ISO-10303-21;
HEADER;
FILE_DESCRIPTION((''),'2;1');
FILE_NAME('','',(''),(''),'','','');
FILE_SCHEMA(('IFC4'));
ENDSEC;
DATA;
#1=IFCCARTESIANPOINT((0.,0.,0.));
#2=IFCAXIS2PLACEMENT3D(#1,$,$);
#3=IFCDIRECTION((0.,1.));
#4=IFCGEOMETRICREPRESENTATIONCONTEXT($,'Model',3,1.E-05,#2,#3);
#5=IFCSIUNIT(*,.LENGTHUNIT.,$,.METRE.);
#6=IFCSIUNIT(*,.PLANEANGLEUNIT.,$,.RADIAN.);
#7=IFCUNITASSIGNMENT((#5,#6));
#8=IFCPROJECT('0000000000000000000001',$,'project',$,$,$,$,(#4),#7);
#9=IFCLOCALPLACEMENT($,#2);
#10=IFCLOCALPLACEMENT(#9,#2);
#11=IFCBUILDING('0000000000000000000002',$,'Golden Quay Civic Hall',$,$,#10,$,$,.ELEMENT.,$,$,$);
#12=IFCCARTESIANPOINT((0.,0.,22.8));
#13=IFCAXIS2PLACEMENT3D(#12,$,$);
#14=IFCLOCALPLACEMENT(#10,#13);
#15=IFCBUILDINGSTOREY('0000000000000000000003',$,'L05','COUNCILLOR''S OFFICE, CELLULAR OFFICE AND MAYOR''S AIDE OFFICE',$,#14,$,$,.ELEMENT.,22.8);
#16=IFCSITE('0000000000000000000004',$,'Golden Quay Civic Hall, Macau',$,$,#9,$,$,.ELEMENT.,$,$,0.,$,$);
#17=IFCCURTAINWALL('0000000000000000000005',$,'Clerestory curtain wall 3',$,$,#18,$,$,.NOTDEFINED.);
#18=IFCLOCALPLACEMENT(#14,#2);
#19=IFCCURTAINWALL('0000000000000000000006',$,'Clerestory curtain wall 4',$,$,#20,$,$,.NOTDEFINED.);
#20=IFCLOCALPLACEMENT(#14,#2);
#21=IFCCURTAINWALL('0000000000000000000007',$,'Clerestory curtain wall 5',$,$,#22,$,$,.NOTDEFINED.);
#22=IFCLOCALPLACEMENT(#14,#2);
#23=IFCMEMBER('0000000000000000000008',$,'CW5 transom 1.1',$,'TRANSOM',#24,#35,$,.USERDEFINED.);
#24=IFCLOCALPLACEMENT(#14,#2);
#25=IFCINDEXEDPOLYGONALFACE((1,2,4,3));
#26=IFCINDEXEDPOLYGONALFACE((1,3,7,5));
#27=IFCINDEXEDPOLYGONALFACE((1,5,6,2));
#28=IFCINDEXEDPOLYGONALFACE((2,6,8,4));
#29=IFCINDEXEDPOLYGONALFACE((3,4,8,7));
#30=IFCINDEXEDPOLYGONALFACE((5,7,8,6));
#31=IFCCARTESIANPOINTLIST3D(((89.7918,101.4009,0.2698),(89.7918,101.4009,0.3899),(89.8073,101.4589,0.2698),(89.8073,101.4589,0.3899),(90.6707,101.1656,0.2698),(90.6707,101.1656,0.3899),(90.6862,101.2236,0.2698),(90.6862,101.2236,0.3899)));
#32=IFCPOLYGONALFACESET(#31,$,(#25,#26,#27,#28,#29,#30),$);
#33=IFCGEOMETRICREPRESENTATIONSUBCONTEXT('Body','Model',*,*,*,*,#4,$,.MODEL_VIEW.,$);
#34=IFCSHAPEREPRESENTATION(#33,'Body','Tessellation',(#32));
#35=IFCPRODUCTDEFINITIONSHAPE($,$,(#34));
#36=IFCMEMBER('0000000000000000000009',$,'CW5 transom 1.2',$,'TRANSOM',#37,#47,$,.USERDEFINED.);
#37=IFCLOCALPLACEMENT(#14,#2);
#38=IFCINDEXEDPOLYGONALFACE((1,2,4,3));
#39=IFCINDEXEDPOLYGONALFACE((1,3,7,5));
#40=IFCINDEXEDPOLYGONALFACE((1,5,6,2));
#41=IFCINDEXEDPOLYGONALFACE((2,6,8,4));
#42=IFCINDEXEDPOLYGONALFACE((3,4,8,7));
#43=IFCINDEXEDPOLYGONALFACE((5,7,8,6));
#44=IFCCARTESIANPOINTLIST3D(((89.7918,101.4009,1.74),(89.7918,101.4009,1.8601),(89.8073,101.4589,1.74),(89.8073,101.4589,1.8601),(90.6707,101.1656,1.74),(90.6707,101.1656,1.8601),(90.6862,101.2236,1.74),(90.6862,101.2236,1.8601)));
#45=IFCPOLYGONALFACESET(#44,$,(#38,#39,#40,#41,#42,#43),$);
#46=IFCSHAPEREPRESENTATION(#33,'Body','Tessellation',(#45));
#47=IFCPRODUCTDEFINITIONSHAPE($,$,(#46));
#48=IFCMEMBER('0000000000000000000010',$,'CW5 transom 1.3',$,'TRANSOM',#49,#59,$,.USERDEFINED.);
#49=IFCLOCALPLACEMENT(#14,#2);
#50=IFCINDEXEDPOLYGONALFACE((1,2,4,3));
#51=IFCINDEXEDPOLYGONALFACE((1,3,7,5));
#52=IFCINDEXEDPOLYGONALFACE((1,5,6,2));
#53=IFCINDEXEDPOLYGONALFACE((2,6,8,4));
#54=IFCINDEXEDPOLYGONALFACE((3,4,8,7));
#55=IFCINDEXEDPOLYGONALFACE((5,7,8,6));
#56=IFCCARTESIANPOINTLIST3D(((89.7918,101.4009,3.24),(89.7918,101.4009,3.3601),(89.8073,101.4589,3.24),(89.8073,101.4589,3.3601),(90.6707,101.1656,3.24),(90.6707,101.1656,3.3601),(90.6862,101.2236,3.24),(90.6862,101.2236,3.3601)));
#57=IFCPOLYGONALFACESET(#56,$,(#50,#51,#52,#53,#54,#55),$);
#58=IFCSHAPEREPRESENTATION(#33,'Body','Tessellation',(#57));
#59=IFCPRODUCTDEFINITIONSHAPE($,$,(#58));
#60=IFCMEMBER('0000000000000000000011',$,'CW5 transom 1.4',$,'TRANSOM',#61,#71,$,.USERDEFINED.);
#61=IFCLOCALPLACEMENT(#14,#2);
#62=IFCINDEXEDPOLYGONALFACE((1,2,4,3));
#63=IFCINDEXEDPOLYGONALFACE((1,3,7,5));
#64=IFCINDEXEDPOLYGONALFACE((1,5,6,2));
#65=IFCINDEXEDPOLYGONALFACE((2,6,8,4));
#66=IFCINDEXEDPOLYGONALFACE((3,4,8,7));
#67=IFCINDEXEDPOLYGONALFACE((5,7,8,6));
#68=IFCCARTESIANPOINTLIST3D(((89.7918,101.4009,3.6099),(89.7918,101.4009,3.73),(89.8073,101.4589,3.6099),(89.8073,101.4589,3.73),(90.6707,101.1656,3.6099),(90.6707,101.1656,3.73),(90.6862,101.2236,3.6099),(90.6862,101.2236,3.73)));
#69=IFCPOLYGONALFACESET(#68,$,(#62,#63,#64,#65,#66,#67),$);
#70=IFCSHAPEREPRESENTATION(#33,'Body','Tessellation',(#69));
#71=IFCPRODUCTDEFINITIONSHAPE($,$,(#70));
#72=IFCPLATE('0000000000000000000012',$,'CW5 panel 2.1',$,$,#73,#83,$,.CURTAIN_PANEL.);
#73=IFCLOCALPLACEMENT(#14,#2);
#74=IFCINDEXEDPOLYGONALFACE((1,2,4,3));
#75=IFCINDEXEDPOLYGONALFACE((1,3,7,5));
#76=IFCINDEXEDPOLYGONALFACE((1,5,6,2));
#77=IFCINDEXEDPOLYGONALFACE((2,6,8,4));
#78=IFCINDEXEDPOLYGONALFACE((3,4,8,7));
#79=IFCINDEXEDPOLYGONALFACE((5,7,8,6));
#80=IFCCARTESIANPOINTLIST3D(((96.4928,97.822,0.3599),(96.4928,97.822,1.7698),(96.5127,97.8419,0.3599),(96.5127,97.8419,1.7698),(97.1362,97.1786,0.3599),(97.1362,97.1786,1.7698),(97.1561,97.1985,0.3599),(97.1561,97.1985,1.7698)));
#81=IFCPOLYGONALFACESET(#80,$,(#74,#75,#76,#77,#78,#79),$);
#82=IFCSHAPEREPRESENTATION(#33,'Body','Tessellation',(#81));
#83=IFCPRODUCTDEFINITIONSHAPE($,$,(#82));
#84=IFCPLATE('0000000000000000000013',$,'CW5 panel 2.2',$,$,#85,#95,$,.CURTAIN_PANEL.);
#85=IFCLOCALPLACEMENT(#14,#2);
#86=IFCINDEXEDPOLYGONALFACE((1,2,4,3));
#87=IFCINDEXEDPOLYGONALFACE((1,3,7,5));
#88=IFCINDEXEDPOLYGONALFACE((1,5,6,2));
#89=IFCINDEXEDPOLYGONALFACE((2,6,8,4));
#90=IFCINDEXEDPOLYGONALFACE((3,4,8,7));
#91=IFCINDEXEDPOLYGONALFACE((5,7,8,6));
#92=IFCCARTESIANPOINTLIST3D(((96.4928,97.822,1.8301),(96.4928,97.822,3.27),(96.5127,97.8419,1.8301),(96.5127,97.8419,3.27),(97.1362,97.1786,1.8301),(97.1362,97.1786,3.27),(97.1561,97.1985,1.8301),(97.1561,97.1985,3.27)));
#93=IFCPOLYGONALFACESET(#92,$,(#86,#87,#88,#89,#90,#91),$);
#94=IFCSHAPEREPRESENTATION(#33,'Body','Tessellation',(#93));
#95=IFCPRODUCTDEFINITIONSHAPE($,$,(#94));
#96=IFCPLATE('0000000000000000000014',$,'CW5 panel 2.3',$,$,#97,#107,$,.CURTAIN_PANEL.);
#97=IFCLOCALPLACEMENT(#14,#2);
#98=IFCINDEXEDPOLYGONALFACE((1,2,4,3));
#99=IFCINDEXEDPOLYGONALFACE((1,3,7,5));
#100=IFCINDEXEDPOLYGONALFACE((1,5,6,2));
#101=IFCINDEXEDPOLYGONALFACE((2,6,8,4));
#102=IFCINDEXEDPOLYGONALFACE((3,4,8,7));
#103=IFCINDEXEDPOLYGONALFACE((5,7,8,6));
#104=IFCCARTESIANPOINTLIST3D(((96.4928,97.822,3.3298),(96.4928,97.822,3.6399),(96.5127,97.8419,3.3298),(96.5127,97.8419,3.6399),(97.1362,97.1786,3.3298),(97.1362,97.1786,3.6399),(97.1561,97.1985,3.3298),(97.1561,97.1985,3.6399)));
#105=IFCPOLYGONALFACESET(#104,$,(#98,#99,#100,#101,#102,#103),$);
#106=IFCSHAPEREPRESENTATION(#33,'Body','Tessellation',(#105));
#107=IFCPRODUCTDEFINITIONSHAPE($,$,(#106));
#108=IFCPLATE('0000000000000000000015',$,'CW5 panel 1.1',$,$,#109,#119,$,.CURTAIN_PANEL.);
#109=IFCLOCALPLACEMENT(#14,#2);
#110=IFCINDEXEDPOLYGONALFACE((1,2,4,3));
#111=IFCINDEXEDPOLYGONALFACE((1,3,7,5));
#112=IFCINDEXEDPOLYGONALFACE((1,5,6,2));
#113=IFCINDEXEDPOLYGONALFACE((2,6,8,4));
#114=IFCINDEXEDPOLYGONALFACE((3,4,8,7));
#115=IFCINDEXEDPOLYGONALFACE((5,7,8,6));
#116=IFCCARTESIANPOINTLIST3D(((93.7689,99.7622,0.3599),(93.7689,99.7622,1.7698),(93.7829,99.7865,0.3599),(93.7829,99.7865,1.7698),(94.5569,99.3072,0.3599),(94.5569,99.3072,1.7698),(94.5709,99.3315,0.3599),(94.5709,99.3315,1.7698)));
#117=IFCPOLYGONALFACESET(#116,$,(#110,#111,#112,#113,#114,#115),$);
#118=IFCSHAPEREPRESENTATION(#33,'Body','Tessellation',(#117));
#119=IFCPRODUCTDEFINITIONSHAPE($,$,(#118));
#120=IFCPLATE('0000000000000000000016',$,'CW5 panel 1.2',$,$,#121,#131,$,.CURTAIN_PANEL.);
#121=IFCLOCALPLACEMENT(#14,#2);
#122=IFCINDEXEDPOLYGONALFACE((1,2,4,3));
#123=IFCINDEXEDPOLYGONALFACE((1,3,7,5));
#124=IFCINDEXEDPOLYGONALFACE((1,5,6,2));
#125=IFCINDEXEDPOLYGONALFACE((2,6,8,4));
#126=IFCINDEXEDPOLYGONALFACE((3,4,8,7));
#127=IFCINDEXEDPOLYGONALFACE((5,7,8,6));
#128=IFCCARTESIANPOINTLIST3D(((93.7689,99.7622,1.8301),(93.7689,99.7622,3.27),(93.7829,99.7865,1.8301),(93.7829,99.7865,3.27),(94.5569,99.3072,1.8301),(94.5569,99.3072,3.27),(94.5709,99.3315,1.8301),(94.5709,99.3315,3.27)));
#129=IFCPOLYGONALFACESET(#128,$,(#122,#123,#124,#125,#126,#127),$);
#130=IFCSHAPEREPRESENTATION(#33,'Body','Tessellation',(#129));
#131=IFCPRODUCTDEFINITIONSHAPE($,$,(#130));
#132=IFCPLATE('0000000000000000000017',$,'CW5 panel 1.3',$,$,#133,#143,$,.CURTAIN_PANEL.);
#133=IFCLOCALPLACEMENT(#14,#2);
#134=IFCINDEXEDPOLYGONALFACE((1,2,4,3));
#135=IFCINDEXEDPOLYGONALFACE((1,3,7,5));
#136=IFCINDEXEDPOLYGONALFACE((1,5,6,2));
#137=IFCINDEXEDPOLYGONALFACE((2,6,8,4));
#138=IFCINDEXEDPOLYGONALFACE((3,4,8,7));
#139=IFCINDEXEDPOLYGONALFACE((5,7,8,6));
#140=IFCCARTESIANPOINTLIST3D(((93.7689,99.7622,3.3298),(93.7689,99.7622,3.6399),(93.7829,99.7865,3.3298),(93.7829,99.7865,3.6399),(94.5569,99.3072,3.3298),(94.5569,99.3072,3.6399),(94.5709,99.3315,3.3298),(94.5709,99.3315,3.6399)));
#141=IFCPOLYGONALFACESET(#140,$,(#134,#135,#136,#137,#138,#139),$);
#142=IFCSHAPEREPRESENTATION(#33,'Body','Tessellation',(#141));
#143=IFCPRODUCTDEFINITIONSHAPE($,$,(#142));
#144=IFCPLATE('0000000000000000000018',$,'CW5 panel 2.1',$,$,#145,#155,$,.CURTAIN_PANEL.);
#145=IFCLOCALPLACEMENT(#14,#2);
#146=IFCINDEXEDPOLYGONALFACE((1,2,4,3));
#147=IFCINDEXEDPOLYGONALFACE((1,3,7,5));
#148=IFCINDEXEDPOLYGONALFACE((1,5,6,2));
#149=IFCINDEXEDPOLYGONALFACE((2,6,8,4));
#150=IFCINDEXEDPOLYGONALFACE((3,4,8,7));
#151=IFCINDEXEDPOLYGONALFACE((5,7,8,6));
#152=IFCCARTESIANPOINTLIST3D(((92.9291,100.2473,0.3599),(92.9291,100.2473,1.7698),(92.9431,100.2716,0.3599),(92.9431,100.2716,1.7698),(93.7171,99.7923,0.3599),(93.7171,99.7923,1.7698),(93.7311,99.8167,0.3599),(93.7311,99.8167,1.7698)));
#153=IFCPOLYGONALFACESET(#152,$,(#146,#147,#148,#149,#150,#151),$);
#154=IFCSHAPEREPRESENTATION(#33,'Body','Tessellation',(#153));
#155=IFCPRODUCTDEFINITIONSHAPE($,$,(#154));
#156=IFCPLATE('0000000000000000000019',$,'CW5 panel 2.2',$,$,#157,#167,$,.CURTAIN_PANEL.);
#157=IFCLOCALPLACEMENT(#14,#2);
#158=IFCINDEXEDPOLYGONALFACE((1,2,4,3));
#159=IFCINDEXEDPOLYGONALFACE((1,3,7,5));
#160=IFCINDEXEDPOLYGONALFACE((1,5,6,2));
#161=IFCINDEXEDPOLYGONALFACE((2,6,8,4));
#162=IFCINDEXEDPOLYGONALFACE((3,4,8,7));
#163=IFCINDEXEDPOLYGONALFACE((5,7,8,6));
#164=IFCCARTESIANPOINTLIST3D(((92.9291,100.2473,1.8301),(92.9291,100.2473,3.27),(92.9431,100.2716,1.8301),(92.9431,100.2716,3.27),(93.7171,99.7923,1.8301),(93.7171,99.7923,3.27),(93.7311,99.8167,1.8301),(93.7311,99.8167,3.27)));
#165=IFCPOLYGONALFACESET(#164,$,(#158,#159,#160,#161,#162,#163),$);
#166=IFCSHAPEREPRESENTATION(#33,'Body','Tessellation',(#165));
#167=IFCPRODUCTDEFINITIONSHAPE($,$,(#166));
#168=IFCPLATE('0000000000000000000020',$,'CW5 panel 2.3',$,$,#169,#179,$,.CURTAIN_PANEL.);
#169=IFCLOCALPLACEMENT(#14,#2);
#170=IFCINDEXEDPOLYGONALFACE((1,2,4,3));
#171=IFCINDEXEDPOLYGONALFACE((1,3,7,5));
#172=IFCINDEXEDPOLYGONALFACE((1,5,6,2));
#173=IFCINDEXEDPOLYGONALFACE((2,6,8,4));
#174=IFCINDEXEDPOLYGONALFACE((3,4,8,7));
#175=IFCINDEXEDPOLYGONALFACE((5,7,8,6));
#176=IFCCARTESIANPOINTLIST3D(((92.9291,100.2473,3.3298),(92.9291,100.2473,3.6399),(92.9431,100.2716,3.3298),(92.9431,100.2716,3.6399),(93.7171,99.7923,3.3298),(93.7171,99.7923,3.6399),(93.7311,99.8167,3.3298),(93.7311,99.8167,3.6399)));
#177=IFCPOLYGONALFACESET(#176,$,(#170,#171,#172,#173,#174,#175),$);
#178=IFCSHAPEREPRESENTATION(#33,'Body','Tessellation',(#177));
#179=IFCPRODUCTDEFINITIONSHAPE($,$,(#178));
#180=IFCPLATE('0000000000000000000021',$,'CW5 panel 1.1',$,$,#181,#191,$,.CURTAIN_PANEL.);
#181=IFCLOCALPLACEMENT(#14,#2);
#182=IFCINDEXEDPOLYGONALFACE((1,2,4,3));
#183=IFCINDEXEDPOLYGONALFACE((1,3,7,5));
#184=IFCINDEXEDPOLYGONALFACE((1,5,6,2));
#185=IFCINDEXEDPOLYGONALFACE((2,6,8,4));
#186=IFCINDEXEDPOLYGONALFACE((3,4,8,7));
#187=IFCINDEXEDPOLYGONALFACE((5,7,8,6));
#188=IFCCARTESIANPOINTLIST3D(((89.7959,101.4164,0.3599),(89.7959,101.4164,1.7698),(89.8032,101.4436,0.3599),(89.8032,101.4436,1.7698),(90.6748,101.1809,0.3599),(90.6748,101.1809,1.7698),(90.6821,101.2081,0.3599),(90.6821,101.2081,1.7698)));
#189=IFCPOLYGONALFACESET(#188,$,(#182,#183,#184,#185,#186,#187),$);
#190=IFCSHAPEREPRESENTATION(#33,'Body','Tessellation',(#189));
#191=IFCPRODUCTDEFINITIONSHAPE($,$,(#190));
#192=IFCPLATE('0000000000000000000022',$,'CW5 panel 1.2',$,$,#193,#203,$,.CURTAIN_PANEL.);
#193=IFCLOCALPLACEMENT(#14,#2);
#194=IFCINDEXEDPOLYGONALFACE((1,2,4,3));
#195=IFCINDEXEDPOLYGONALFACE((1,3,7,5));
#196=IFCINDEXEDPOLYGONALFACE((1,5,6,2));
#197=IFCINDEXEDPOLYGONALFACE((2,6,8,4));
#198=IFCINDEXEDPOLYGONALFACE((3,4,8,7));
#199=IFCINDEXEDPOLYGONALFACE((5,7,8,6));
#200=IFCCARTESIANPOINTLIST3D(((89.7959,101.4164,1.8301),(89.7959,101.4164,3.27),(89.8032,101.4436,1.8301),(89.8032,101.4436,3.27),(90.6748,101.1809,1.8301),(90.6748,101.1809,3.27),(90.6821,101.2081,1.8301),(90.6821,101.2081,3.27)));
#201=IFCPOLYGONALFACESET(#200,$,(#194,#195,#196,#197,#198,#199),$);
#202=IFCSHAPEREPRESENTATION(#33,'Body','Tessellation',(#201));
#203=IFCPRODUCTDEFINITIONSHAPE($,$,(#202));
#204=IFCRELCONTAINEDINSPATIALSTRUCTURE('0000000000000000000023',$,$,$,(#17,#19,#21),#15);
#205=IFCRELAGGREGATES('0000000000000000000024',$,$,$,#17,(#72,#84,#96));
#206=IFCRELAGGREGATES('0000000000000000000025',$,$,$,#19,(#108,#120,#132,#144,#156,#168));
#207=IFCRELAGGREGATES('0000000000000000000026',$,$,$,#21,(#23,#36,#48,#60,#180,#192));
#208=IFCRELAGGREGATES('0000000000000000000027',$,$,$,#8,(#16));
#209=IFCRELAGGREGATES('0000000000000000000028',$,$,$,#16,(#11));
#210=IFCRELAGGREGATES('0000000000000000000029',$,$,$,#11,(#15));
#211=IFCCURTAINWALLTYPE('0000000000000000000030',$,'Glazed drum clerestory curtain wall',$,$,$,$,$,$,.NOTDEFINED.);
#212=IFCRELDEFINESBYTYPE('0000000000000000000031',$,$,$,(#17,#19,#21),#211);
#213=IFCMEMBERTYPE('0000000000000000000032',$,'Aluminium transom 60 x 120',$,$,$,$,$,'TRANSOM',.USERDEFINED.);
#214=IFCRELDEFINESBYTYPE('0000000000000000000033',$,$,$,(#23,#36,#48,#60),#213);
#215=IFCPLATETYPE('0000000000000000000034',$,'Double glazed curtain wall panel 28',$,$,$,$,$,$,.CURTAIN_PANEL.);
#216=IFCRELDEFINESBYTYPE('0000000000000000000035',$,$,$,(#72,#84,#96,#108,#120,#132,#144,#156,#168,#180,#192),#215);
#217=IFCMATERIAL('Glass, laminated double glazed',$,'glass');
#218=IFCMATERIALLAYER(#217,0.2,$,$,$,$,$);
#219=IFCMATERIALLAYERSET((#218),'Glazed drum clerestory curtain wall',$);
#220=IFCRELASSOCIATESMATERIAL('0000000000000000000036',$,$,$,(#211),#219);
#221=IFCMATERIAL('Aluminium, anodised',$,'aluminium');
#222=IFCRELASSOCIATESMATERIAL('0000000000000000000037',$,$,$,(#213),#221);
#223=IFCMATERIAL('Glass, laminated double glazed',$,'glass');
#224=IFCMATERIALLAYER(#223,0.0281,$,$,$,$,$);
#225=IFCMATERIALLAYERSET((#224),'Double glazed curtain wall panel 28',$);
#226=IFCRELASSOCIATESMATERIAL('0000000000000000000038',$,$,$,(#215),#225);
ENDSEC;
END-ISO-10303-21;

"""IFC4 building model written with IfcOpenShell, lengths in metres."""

from ifc_helpers import new_model, si_unit, direction, frame, origin, origin_2d, place, context, subcontext, project, spatial, rectangle, extrude, material, layer, layer_set, material_profile, profile_set, type_object, element, aggregate, save


model = new_model("IFC4")

# Units and contexts
model_context = context("Model", 3, precision=1e-05, world=origin(), true_north=direction((0.0, 1.0)))
body_context = subcontext(model_context, "Body", "Model", "MODEL_VIEW")
ifc_project = project(units=[si_unit("LENGTHUNIT", "METRE"), si_unit("PLANEANGLEUNIT", "RADIAN")], contexts=[model_context])

# Site, building, storey
site_placement = place(None, origin())
site = spatial("IfcSite", under=ifc_project, at=site_placement, Name="Golden Quay Civic Hall, Macau", CompositionType="ELEMENT", RefElevation=0.0)
building_placement = place(site_placement, origin())
building = spatial("IfcBuilding", under=site, at=building_placement, Name="Golden Quay Civic Hall", CompositionType="ELEMENT")
storey_placement = place(building_placement, frame((0.0, 0.0, 22.8)))
storey = spatial("IfcBuildingStorey", under=building, at=storey_placement, Name="L05", Description="COUNCILLOR'S OFFICE, CELLULAR OFFICE AND MAYOR'S AIDE OFFICE", CompositionType="ELEMENT", Elevation=22.8)

# Curtain wall
ifc_material_1 = material(Name="Glass, laminated double glazed", Category="glass")
ifc_layer_1 = layer(ifc_material_1, 0.2)
ifc_layer_set_1 = layer_set([ifc_layer_1], Name="Glazed drum clerestory curtain wall")
curtain_wall_type = type_object("IfcCurtainWallType", Name="Glazed drum clerestory curtain wall", PredefinedType="NOTDEFINED", material=ifc_layer_set_1)
curtain_wall_1_placement = place(storey_placement, origin())
curtain_wall_1 = element("IfcCurtainWall", 1, at=curtain_wall_1_placement, inside=storey, type_object=curtain_wall_type, Name="Clerestory curtain wall 3", PredefinedType="NOTDEFINED")

# Curtain wall
curtain_wall_2_placement = place(storey_placement, origin())
curtain_wall_2 = element("IfcCurtainWall", 2, at=curtain_wall_2_placement, inside=storey, type_object=curtain_wall_type, Name="Clerestory curtain wall 4", PredefinedType="NOTDEFINED")

# Curtain wall
curtain_wall_3_placement = place(storey_placement, origin())
curtain_wall_3 = element("IfcCurtainWall", 3, at=curtain_wall_3_placement, inside=storey, type_object=curtain_wall_type, Name="Clerestory curtain wall 5", PredefinedType="NOTDEFINED")

# Members
ifc_material_2 = material(Name="Aluminium, anodised", Category="aluminium")
ifc_material_profile_1 = material_profile(ifc_material_2, rectangle(XDim=0.0601, YDim=0.1201, at=origin_2d()), Name="Aluminium 60 x 120")
ifc_profile_set_1 = profile_set([ifc_material_profile_1], Name="Aluminium, anodised")
member_type_1 = type_object("IfcMemberType", Name="Aluminium transom 60 x 120", ElementType="TRANSOM", PredefinedType="USERDEFINED", material=ifc_profile_set_1)
member_1_placement = place(storey_placement, frame((90.6785, 101.1946, 0.3298), z_axis=(-0.965967, 0.258665, 0.0), x_axis=(-0.258665, -0.965967, 0.0)))
member_1 = element("IfcMember", 4, at=member_1_placement, type_object=member_type_1, Name="CW5 transom 1.1", ObjectType="TRANSOM", PredefinedType="USERDEFINED", context=body_context, shape_type="SweptSolid", body=[
    extrude(rectangle(XDim=0.0601, YDim=0.1201, at=origin_2d()), origin(), (0.0, 0.0, 1.0), 0.9099),
])
member_2_placement = place(storey_placement, frame((90.6785, 101.1946, 1.8), z_axis=(-0.965967, 0.258665, 0.0), x_axis=(-0.258665, -0.965967, 0.0)))
member_2 = element("IfcMember", 5, at=member_2_placement, type_object=member_type_1, Name="CW5 transom 1.2", ObjectType="TRANSOM", PredefinedType="USERDEFINED", context=body_context, shape_type="SweptSolid", body=[
    extrude(rectangle(XDim=0.0601, YDim=0.1201, at=origin_2d()), origin(), (0.0, 0.0, 1.0), 0.9099),
])
member_3_placement = place(storey_placement, frame((90.6785, 101.1946, 3.3), z_axis=(-0.965967, 0.258665, 0.0), x_axis=(-0.258665, -0.965967, 0.0)))
member_3 = element("IfcMember", 6, at=member_3_placement, type_object=member_type_1, Name="CW5 transom 1.3", ObjectType="TRANSOM", PredefinedType="USERDEFINED", context=body_context, shape_type="SweptSolid", body=[
    extrude(rectangle(XDim=0.0601, YDim=0.1201, at=origin_2d()), origin(), (0.0, 0.0, 1.0), 0.9099),
])
member_4_placement = place(storey_placement, frame((90.6785, 101.1946, 3.6699), z_axis=(-0.965967, 0.258665, 0.0), x_axis=(-0.258665, -0.965967, 0.0)))
member_4 = element("IfcMember", 7, at=member_4_placement, type_object=member_type_1, Name="CW5 transom 1.4", ObjectType="TRANSOM", PredefinedType="USERDEFINED", context=body_context, shape_type="SweptSolid", body=[
    extrude(rectangle(XDim=0.0601, YDim=0.1201, at=origin_2d()), origin(), (0.0, 0.0, 1.0), 0.9099),
])

# Plates
ifc_material_3 = material(Name="Glass, laminated double glazed", Category="glass")
ifc_layer_2 = layer(ifc_material_3, 0.0281)
ifc_layer_set_2 = layer_set([ifc_layer_2], Name="Double glazed curtain wall panel 28")
plate_type = type_object("IfcPlateType", Name="Double glazed curtain wall panel 28", PredefinedType="CURTAIN_PANEL", material=ifc_layer_set_2)
plate_1_placement = place(storey_placement, frame((96.8245, 97.5103, 0.3599), z_axis=(0.0, 0.0, 1.0), x_axis=(-0.707107, 0.707107, 0.0)))
plate_1 = element("IfcPlate", 8, at=plate_1_placement, type_object=plate_type, Name="CW5 panel 2.1", PredefinedType="CURTAIN_PANEL", context=body_context, shape_type="SweptSolid", body=[
    extrude(rectangle(XDim=0.9099, YDim=0.0281, at=origin_2d()), origin(), (0.0, 0.0, 1.0), 1.4099),
])
plate_2_placement = place(storey_placement, frame((96.8245, 97.5103, 1.8301), z_axis=(0.0, 0.0, 1.0), x_axis=(-0.707107, 0.707107, 0.0)))
plate_2 = element("IfcPlate", 9, at=plate_2_placement, type_object=plate_type, Name="CW5 panel 2.2", PredefinedType="CURTAIN_PANEL", context=body_context, shape_type="SweptSolid", body=[
    extrude(rectangle(XDim=0.9099, YDim=0.0281, at=origin_2d()), origin(), (0.0, 0.0, 1.0), 1.4399),
])
plate_3_placement = place(storey_placement, frame((96.8245, 97.5103, 3.3298), z_axis=(0.0, 0.0, 1.0), x_axis=(-0.707107, 0.707107, 0.0)))
plate_3 = element("IfcPlate", 10, at=plate_3_placement, type_object=plate_type, Name="CW5 panel 2.3", PredefinedType="CURTAIN_PANEL", context=body_context, shape_type="SweptSolid", body=[
    extrude(rectangle(XDim=0.9099, YDim=0.0281, at=origin_2d()), origin(), (0.0, 0.0, 1.0), 0.3101),
])
aggregate(curtain_wall_1, [plate_1, plate_2, plate_3])
plate_4_placement = place(storey_placement, frame((94.1699, 99.5469, 0.3599), z_axis=(0.0, 0.0, 1.0), x_axis=(-0.866019, 0.500011, 0.0)))
plate_4 = element("IfcPlate", 11, at=plate_4_placement, type_object=plate_type, Name="CW5 panel 1.1", PredefinedType="CURTAIN_PANEL", context=body_context, shape_type="SweptSolid", body=[
    extrude(rectangle(XDim=0.9099, YDim=0.0281, at=origin_2d()), origin(), (0.0, 0.0, 1.0), 1.4099),
])
plate_5_placement = place(storey_placement, frame((94.1699, 99.5469, 1.8301), z_axis=(0.0, 0.0, 1.0), x_axis=(-0.866019, 0.500011, 0.0)))
plate_5 = element("IfcPlate", 12, at=plate_5_placement, type_object=plate_type, Name="CW5 panel 1.2", PredefinedType="CURTAIN_PANEL", context=body_context, shape_type="SweptSolid", body=[
    extrude(rectangle(XDim=0.9099, YDim=0.0281, at=origin_2d()), origin(), (0.0, 0.0, 1.0), 1.4399),
])
plate_6_placement = place(storey_placement, frame((94.1699, 99.5469, 3.3298), z_axis=(0.0, 0.0, 1.0), x_axis=(-0.866019, 0.500011, 0.0)))
plate_6 = element("IfcPlate", 13, at=plate_6_placement, type_object=plate_type, Name="CW5 panel 1.3", PredefinedType="CURTAIN_PANEL", context=body_context, shape_type="SweptSolid", body=[
    extrude(rectangle(XDim=0.9099, YDim=0.0281, at=origin_2d()), origin(), (0.0, 0.0, 1.0), 0.3101),
])
plate_7_placement = place(storey_placement, frame((93.3301, 100.032, 0.3599), z_axis=(0.0, 0.0, 1.0), x_axis=(-0.866019, 0.500011, 0.0)))
plate_7 = element("IfcPlate", 14, at=plate_7_placement, type_object=plate_type, Name="CW5 panel 2.1", PredefinedType="CURTAIN_PANEL", context=body_context, shape_type="SweptSolid", body=[
    extrude(rectangle(XDim=0.9099, YDim=0.0281, at=origin_2d()), origin(), (0.0, 0.0, 1.0), 1.4099),
])
plate_8_placement = place(storey_placement, frame((93.3301, 100.032, 1.8301), z_axis=(0.0, 0.0, 1.0), x_axis=(-0.866019, 0.500011, 0.0)))
plate_8 = element("IfcPlate", 15, at=plate_8_placement, type_object=plate_type, Name="CW5 panel 2.2", PredefinedType="CURTAIN_PANEL", context=body_context, shape_type="SweptSolid", body=[
    extrude(rectangle(XDim=0.9099, YDim=0.0281, at=origin_2d()), origin(), (0.0, 0.0, 1.0), 1.4399),
])
plate_9_placement = place(storey_placement, frame((93.3301, 100.032, 3.3298), z_axis=(0.0, 0.0, 1.0), x_axis=(-0.866019, 0.500011, 0.0)))
plate_9 = element("IfcPlate", 16, at=plate_9_placement, type_object=plate_type, Name="CW5 panel 2.3", PredefinedType="CURTAIN_PANEL", context=body_context, shape_type="SweptSolid", body=[
    extrude(rectangle(XDim=0.9099, YDim=0.0281, at=origin_2d()), origin(), (0.0, 0.0, 1.0), 0.3101),
])
aggregate(curtain_wall_2, [plate_4, plate_5, plate_6, plate_7, plate_8, plate_9])
plate_10_placement = place(storey_placement, frame((90.239, 101.3123, 0.3599), z_axis=(0.0, 0.0, 1.0), x_axis=(-0.965929, 0.258808, 0.0)))
plate_10 = element("IfcPlate", 17, at=plate_10_placement, type_object=plate_type, Name="CW5 panel 1.1", PredefinedType="CURTAIN_PANEL", context=body_context, shape_type="SweptSolid", body=[
    extrude(rectangle(XDim=0.9099, YDim=0.0281, at=origin_2d()), origin(), (0.0, 0.0, 1.0), 1.4099),
])
plate_11_placement = place(storey_placement, frame((90.239, 101.3123, 1.8301), z_axis=(0.0, 0.0, 1.0), x_axis=(-0.965929, 0.258808, 0.0)))
plate_11 = element("IfcPlate", 18, at=plate_11_placement, type_object=plate_type, Name="CW5 panel 1.2", PredefinedType="CURTAIN_PANEL", context=body_context, shape_type="SweptSolid", body=[
    extrude(rectangle(XDim=0.9099, YDim=0.0281, at=origin_2d()), origin(), (0.0, 0.0, 1.0), 1.4399),
])
aggregate(curtain_wall_3, [member_1, member_2, member_3, member_4, plate_10, plate_11])

save(model, "model.ifc")
